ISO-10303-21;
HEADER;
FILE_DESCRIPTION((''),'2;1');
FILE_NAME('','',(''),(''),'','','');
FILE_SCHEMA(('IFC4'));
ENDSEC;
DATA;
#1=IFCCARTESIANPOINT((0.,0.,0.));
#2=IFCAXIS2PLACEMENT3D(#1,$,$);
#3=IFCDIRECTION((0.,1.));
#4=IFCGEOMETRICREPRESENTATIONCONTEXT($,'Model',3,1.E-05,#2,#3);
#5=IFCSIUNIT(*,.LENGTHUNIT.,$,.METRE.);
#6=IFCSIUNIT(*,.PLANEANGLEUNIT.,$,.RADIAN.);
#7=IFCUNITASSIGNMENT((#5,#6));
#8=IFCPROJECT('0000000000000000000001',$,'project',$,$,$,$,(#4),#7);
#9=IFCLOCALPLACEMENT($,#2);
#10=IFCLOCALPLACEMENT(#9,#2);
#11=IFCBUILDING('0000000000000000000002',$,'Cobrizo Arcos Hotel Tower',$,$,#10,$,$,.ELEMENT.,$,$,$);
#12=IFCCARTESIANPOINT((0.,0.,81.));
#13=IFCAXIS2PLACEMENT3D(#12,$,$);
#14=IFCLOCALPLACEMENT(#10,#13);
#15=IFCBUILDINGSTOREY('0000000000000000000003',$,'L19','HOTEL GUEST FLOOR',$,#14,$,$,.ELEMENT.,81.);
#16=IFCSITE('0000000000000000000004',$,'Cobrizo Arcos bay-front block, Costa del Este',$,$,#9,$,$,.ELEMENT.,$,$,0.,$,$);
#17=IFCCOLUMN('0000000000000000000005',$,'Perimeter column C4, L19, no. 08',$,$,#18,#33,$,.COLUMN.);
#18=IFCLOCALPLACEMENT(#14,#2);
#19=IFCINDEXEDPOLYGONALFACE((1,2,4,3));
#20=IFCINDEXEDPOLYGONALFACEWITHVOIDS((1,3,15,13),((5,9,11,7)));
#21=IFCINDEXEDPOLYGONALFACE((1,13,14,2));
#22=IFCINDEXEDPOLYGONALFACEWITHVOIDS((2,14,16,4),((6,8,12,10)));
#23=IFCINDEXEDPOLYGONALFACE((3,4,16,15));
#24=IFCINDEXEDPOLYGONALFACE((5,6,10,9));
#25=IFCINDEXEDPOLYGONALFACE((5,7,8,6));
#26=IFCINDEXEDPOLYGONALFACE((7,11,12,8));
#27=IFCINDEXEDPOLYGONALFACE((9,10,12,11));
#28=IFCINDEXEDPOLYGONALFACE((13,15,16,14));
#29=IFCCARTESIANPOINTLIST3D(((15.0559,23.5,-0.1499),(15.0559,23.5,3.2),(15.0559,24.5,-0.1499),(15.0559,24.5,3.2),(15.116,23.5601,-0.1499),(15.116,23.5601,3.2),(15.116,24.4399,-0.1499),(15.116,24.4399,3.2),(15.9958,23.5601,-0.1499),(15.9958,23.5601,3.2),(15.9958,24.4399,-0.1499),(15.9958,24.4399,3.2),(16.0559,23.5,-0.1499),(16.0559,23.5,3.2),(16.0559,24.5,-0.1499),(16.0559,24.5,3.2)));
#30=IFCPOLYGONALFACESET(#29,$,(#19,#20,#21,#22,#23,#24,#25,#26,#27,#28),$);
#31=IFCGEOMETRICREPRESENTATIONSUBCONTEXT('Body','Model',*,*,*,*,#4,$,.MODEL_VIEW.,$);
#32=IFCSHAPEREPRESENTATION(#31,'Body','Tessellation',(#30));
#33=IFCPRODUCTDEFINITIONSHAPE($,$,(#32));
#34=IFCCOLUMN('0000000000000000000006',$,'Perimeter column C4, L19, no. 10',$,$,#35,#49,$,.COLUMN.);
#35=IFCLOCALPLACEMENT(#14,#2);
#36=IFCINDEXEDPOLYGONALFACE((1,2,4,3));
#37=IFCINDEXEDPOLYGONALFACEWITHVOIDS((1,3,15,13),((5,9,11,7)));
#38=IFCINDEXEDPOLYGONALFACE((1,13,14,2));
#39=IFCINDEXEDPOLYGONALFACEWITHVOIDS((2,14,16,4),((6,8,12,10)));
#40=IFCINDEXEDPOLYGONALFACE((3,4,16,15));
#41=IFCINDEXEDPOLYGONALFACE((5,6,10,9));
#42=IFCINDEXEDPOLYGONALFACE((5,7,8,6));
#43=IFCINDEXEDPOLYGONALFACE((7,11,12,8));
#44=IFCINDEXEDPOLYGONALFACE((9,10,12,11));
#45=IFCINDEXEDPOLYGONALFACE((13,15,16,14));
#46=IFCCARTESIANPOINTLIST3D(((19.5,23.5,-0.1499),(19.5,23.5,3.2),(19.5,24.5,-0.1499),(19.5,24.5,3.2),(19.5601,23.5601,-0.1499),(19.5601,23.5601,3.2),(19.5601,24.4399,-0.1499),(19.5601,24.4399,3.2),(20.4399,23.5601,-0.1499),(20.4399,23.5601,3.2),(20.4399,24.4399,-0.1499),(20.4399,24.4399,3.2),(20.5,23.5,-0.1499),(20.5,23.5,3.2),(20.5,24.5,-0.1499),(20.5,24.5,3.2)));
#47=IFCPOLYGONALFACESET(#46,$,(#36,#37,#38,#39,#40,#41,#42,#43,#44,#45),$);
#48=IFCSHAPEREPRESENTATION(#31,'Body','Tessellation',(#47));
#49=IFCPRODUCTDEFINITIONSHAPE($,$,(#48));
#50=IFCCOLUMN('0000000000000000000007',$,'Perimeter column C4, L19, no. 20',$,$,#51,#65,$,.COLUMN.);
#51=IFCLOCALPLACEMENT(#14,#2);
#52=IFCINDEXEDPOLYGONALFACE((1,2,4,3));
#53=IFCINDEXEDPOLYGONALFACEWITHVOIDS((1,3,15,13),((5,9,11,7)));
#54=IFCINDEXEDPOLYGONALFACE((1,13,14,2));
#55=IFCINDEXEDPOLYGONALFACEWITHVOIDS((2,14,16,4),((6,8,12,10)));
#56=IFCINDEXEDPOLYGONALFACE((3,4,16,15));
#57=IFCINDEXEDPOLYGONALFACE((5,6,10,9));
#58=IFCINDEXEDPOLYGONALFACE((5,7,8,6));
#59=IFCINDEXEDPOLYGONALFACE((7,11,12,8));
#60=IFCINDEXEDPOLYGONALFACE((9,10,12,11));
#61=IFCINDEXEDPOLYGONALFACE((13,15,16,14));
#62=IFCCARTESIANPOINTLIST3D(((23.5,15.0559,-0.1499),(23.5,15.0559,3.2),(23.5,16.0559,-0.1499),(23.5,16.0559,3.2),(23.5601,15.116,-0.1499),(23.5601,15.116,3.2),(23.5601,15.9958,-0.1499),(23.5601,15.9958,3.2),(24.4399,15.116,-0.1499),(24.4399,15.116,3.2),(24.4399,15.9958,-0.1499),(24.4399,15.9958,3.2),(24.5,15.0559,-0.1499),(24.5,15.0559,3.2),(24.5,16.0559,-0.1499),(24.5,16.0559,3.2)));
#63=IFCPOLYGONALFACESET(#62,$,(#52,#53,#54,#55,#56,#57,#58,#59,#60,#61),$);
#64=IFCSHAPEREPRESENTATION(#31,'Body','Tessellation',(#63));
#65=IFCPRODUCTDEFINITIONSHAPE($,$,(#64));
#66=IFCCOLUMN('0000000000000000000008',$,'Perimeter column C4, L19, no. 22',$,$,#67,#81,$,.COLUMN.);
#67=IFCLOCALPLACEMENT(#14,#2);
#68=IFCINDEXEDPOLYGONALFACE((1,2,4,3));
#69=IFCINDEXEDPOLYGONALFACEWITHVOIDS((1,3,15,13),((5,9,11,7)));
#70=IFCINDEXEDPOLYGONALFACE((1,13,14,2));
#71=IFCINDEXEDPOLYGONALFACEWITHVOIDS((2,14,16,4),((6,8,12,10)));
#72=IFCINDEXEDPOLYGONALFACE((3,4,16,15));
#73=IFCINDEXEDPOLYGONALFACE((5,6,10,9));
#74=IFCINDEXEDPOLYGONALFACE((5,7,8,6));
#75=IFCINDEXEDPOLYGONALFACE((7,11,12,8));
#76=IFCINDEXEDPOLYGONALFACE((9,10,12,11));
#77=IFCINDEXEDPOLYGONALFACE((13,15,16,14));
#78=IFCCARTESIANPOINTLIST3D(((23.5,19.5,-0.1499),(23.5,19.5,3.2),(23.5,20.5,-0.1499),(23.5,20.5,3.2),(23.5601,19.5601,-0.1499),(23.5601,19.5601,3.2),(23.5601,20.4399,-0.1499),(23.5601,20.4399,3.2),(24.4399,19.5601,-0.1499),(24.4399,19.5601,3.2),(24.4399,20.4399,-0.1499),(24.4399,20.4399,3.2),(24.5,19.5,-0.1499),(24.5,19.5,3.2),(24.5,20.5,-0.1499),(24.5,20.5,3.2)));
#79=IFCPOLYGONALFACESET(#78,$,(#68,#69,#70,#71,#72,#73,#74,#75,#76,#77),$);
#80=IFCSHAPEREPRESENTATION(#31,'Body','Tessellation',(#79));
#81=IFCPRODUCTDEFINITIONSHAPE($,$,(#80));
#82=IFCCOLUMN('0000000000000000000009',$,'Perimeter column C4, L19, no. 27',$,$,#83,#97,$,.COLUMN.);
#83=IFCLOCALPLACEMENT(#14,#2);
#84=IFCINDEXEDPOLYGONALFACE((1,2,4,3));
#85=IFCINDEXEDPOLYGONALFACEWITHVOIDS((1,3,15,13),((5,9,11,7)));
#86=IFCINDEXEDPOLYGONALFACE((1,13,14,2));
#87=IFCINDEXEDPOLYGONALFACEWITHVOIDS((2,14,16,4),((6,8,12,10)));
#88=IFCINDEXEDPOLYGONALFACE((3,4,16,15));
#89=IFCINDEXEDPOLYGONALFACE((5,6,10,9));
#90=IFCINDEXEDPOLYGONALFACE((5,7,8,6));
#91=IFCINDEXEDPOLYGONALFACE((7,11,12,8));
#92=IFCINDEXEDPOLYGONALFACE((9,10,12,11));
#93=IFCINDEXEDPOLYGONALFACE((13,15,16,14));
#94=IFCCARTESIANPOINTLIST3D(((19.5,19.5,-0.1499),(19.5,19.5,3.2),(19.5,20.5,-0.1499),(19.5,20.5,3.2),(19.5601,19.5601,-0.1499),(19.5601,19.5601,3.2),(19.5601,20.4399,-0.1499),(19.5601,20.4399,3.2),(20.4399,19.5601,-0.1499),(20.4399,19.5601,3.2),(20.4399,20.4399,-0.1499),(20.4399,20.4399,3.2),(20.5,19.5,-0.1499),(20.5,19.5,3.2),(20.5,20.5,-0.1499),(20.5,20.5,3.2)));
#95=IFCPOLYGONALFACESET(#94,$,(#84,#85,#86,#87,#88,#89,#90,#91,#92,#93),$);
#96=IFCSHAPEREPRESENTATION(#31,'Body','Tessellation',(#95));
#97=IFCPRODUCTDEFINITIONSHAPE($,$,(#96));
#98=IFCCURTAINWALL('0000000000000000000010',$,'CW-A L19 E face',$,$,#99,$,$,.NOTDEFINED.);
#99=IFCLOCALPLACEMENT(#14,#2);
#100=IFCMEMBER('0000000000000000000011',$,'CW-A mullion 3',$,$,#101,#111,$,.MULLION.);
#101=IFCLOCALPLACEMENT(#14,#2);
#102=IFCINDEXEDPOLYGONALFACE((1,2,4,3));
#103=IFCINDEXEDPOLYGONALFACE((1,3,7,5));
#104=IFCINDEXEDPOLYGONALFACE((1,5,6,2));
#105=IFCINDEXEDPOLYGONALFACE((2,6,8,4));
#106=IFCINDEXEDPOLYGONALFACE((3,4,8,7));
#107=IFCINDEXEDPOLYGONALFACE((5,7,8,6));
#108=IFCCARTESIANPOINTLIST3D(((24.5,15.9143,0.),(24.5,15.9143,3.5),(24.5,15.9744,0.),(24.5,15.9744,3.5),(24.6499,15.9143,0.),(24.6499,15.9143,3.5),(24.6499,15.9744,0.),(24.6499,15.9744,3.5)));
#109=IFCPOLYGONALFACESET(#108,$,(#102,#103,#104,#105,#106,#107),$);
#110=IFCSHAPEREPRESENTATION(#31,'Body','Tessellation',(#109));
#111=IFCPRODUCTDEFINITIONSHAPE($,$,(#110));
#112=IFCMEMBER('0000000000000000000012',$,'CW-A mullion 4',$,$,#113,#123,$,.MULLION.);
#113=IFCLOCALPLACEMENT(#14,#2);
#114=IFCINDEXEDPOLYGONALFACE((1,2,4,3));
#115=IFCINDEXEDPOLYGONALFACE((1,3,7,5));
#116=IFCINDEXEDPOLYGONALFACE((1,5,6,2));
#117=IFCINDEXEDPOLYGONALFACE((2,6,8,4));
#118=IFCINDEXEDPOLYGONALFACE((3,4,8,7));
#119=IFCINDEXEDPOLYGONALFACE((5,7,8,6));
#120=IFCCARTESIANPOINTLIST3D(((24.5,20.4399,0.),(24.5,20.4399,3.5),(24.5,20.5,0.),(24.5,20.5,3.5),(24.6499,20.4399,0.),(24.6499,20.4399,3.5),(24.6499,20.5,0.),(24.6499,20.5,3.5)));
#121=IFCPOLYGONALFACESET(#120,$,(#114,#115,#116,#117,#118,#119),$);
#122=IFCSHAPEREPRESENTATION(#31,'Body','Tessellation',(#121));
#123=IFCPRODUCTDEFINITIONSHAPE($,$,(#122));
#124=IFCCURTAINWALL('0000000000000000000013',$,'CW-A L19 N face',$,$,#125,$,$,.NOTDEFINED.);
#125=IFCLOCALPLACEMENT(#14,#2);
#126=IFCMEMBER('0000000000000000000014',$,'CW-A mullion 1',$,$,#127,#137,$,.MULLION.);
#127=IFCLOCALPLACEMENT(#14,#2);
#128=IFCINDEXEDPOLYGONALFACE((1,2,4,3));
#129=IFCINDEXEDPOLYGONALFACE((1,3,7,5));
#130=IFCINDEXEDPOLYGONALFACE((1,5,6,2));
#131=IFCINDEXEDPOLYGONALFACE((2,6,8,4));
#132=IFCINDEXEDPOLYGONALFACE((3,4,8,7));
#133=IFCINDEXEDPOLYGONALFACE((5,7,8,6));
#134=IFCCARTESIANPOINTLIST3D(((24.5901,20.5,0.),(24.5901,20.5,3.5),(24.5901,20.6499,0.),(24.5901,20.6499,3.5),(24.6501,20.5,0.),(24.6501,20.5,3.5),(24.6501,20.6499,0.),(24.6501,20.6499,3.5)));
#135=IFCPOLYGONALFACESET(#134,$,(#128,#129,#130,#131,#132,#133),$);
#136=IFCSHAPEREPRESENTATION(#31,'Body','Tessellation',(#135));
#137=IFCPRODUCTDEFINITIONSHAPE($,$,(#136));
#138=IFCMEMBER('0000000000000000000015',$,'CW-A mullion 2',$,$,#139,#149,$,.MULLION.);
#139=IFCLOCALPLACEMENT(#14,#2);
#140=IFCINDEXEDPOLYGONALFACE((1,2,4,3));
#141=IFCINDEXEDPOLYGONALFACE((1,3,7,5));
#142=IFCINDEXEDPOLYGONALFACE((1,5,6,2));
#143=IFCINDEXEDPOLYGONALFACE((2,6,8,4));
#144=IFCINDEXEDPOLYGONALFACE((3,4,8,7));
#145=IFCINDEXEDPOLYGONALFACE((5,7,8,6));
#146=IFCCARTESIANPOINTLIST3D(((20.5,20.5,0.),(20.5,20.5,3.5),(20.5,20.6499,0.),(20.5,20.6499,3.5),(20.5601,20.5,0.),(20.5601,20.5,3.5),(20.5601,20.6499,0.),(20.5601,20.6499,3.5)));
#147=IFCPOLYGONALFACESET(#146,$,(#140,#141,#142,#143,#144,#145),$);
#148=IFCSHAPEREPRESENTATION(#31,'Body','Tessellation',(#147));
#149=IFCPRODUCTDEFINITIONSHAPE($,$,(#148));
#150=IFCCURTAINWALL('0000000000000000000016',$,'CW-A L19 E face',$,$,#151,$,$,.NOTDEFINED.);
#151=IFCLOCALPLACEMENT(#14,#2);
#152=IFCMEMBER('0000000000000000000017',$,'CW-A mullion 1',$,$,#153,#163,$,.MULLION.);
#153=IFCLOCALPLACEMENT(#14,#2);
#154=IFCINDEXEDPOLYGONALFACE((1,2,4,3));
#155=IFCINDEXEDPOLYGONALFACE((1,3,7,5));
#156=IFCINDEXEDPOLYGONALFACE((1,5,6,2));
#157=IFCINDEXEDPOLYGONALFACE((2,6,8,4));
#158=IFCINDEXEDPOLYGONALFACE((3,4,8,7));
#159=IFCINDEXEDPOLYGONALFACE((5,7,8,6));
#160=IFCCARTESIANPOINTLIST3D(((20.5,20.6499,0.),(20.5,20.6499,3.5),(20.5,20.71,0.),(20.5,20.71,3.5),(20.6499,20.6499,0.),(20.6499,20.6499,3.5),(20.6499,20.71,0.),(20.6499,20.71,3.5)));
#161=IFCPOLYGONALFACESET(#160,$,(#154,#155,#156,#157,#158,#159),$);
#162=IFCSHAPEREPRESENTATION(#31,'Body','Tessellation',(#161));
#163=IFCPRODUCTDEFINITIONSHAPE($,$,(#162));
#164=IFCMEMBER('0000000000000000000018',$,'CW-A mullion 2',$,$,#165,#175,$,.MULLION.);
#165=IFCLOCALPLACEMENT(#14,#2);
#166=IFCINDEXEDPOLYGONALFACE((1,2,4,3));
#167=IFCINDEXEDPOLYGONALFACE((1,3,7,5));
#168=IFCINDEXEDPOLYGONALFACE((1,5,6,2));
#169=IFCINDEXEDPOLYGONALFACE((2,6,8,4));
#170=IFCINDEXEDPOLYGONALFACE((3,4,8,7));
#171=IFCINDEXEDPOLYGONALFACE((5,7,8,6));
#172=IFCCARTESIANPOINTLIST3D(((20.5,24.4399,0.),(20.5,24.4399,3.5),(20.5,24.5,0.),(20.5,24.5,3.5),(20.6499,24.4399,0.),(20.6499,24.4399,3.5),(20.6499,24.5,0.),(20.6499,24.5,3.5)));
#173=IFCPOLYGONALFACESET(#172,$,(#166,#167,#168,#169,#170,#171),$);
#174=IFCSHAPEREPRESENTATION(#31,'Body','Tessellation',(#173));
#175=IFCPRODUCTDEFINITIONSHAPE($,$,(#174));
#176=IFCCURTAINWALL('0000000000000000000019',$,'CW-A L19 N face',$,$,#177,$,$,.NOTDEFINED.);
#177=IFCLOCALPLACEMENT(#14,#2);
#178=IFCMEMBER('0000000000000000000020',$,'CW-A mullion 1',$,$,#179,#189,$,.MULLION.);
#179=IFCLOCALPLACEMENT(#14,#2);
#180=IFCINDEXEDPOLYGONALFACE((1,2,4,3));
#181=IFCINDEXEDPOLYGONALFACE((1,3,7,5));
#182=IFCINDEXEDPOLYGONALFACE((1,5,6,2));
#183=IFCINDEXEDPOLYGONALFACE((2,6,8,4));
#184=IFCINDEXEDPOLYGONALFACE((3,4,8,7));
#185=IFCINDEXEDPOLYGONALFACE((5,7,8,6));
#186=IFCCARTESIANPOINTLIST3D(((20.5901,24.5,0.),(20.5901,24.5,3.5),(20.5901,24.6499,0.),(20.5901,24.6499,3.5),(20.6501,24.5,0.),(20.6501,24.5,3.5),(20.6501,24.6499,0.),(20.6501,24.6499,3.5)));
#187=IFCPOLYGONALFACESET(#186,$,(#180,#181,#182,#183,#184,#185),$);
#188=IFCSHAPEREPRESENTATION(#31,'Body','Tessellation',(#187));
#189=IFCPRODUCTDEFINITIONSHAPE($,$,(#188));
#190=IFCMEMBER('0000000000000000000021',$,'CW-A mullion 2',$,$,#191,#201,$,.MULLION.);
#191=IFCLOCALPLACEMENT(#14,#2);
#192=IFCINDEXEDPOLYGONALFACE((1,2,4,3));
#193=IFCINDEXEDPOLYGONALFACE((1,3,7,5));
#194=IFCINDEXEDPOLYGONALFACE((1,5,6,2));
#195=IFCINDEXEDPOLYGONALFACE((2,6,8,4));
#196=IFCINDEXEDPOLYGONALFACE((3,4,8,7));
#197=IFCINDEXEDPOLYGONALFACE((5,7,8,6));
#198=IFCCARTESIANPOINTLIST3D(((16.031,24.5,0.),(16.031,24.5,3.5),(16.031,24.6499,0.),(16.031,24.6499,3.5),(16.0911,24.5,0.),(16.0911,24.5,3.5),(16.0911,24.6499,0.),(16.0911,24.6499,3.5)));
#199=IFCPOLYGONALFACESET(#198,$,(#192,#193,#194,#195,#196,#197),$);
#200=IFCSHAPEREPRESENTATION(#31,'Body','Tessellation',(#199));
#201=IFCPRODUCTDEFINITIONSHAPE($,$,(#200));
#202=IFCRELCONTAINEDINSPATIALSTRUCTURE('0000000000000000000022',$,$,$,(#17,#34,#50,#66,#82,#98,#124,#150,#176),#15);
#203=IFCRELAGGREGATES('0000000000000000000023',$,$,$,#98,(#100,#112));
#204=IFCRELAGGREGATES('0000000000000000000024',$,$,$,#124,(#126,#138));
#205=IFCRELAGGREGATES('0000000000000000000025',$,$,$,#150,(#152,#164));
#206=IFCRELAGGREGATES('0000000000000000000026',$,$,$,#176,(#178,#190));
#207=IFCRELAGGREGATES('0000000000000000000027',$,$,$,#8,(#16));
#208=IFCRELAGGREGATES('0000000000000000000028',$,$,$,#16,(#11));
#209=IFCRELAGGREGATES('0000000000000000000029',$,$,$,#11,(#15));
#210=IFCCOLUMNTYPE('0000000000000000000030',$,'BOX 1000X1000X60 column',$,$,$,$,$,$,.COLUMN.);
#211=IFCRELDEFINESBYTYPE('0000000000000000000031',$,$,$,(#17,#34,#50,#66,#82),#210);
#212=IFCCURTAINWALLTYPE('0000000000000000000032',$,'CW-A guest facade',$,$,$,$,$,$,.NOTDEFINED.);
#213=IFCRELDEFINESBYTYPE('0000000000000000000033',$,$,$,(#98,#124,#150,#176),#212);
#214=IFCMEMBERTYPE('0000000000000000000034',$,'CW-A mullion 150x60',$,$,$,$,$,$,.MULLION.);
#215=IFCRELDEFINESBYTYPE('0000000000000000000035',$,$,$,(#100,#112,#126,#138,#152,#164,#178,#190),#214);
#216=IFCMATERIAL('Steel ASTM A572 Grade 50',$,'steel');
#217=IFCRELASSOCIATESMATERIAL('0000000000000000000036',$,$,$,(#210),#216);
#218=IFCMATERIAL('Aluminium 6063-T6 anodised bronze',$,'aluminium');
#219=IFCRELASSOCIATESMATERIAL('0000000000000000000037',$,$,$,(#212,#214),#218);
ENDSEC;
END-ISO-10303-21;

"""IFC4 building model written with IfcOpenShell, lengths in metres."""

from ifc_helpers import new_model, si_unit, direction, frame, origin, origin_2d, place, context, subcontext, project, spatial, rectangle, hollow_rectangle, extrude, material, material_profile, profile_set, type_object, element, aggregate, save


model = new_model("IFC4")

# Units and contexts
model_context = context("Model", 3, precision=1e-05, world=origin(), true_north=direction((0.0, 1.0)))
body_context = subcontext(model_context, "Body", "Model", "MODEL_VIEW")
ifc_project = project(units=[si_unit("LENGTHUNIT", "METRE"), si_unit("PLANEANGLEUNIT", "RADIAN")], contexts=[model_context])

# Site, building, storey
site_placement = place(None, origin())
site = spatial("IfcSite", under=ifc_project, at=site_placement, Name="Cobrizo Arcos bay-front block, Costa del Este", CompositionType="ELEMENT", RefElevation=0.0)
building_placement = place(site_placement, origin())
building = spatial("IfcBuilding", under=site, at=building_placement, Name="Cobrizo Arcos Hotel Tower", CompositionType="ELEMENT")
storey_placement = place(building_placement, frame((0.0, 0.0, 81.0)))
storey = spatial("IfcBuildingStorey", under=building, at=storey_placement, Name="L19", Description="HOTEL GUEST FLOOR", CompositionType="ELEMENT", Elevation=81.0)

# Columns
ifc_material_1 = material(Name="Steel ASTM A572 Grade 50", Category="steel")
ifc_material_profile_1 = material_profile(ifc_material_1, hollow_rectangle(XDim=1.0, YDim=1.0, WallThickness=0.0601, at=origin_2d()), Name="BOX 1000X1000X60")
ifc_profile_set_1 = profile_set([ifc_material_profile_1], Name="Steel ASTM A572 Grade 50")
column_type = type_object("IfcColumnType", Name="BOX 1000X1000X60 column", PredefinedType="COLUMN", material=ifc_profile_set_1)
for number, where, z_axis, x_axis, name in (
    (1, (15.5559, 24.0, -0.1499), (0.0, 0.0, 1.0), (1.0, 0.0, 0.0), "Perimeter column C4, L19, no. 08"),
    (2, (20.0, 24.0, -0.1499), (0.0, 0.0, 1.0), (1.0, 0.0, 0.0), "Perimeter column C4, L19, no. 10"),
    (3, (24.0, 15.5559, -0.1499), (0.0, 0.0, 1.0), (1.0, 0.0, 0.0), "Perimeter column C4, L19, no. 20"),
    (4, (24.0, 20.0, -0.1499), (0.0, 0.0, 1.0), (1.0, 0.0, 0.0), "Perimeter column C4, L19, no. 22"),
    (5, (20.0, 20.0, -0.1499), (0.0, 0.0, 1.0), (1.0, 0.0, 0.0), "Perimeter column C4, L19, no. 27"),
):
    element("IfcColumn", number, at=place(storey_placement, frame(where, z_axis=z_axis, x_axis=x_axis)), inside=storey, type_object=column_type, Name=name, PredefinedType="COLUMN", context=body_context, shape_type="SweptSolid", body=[
        extrude(hollow_rectangle(XDim=1.0, YDim=1.0, WallThickness=0.0601, at=origin_2d()), origin(), (0.0, 0.0, 1.0), 3.3499),
    ])

# Curtain walls, members
ifc_material_2 = material(Name="Aluminium 6063-T6 anodised bronze", Category="aluminium")
curtain_wall_type = type_object("IfcCurtainWallType", Name="CW-A guest facade", PredefinedType="NOTDEFINED", material=ifc_material_2)
curtain_wall_1_placement = place(storey_placement, origin())
curtain_wall_1 = element("IfcCurtainWall", 6, at=curtain_wall_1_placement, inside=storey, type_object=curtain_wall_type, Name="CW-A L19 E face", PredefinedType="NOTDEFINED")
ifc_material_profile_2 = material_profile(ifc_material_2, rectangle(XDim=0.1499, YDim=0.0601, at=origin_2d()), Name="CW-A mullion 150x60")
ifc_profile_set_2 = profile_set([ifc_material_profile_2], Name="Aluminium 6063-T6 anodised bronze")
member_type = type_object("IfcMemberType", Name="CW-A mullion 150x60", PredefinedType="MULLION", material=ifc_profile_set_2)
member_1_placement = place(storey_placement, frame((24.575, 15.9443, 0.0), z_axis=(0.0, 0.0, 1.0), x_axis=(1.0, 0.0, 0.0)))
member_1 = element("IfcMember", 7, at=member_1_placement, type_object=member_type, Name="CW-A mullion 3", PredefinedType="MULLION", context=body_context, shape_type="SweptSolid", body=[
    extrude(rectangle(XDim=0.1499, YDim=0.0601, at=origin_2d()), origin(), (0.0, 0.0, 1.0), 3.5),
])
member_2_placement = place(storey_placement, frame((24.575, 20.47, 0.0), z_axis=(0.0, 0.0, 1.0), x_axis=(1.0, 0.0, 0.0)))
member_2 = element("IfcMember", 8, at=member_2_placement, type_object=member_type, Name="CW-A mullion 4", PredefinedType="MULLION", context=body_context, shape_type="SweptSolid", body=[
    extrude(rectangle(XDim=0.1499, YDim=0.0601, at=origin_2d()), origin(), (0.0, 0.0, 1.0), 3.5),
])
curtain_wall_2_placement = place(storey_placement, origin())
curtain_wall_2 = element("IfcCurtainWall", 9, at=curtain_wall_2_placement, inside=storey, type_object=curtain_wall_type, Name="CW-A L19 N face", PredefinedType="NOTDEFINED")
member_3_placement = place(storey_placement, frame((24.6201, 20.575, 0.0), z_axis=(0.0, 0.0, 1.0), x_axis=(0.0, 1.0, 0.0)))
member_3 = element("IfcMember", 10, at=member_3_placement, type_object=member_type, Name="CW-A mullion 1", PredefinedType="MULLION", context=body_context, shape_type="SweptSolid", body=[
    extrude(rectangle(XDim=0.1499, YDim=0.0601, at=origin_2d()), origin(), (0.0, 0.0, 1.0), 3.5),
])
member_4_placement = place(storey_placement, frame((20.53, 20.575, 0.0), z_axis=(0.0, 0.0, 1.0), x_axis=(0.0, 1.0, 0.0)))
member_4 = element("IfcMember", 11, at=member_4_placement, type_object=member_type, Name="CW-A mullion 2", PredefinedType="MULLION", context=body_context, shape_type="SweptSolid", body=[
    extrude(rectangle(XDim=0.1499, YDim=0.0601, at=origin_2d()), origin(), (0.0, 0.0, 1.0), 3.5),
])
curtain_wall_3_placement = place(storey_placement, origin())
curtain_wall_3 = element("IfcCurtainWall", 12, at=curtain_wall_3_placement, inside=storey, type_object=curtain_wall_type, Name="CW-A L19 E face", PredefinedType="NOTDEFINED")
member_5_placement = place(storey_placement, frame((20.575, 20.6799, 0.0), z_axis=(0.0, 0.0, 1.0), x_axis=(1.0, 0.0, 0.0)))
member_5 = element("IfcMember", 13, at=member_5_placement, type_object=member_type, Name="CW-A mullion 1", PredefinedType="MULLION", context=body_context, shape_type="SweptSolid", body=[
    extrude(rectangle(XDim=0.1499, YDim=0.0601, at=origin_2d()), origin(), (0.0, 0.0, 1.0), 3.5),
])
member_6_placement = place(storey_placement, frame((20.575, 24.47, 0.0), z_axis=(0.0, 0.0, 1.0), x_axis=(1.0, 0.0, 0.0)))
member_6 = element("IfcMember", 14, at=member_6_placement, type_object=member_type, Name="CW-A mullion 2", PredefinedType="MULLION", context=body_context, shape_type="SweptSolid", body=[
    extrude(rectangle(XDim=0.1499, YDim=0.0601, at=origin_2d()), origin(), (0.0, 0.0, 1.0), 3.5),
])
curtain_wall_4_placement = place(storey_placement, origin())
curtain_wall_4 = element("IfcCurtainWall", 15, at=curtain_wall_4_placement, inside=storey, type_object=curtain_wall_type, Name="CW-A L19 N face", PredefinedType="NOTDEFINED")
member_7_placement = place(storey_placement, frame((20.6201, 24.575, 0.0), z_axis=(0.0, 0.0, 1.0), x_axis=(0.0, 1.0, 0.0)))
member_7 = element("IfcMember", 16, at=member_7_placement, type_object=member_type, Name="CW-A mullion 1", PredefinedType="MULLION", context=body_context, shape_type="SweptSolid", body=[
    extrude(rectangle(XDim=0.1499, YDim=0.0601, at=origin_2d()), origin(), (0.0, 0.0, 1.0), 3.5),
])
member_8_placement = place(storey_placement, frame((16.061, 24.575, 0.0), z_axis=(0.0, 0.0, 1.0), x_axis=(0.0, 1.0, 0.0)))
member_8 = element("IfcMember", 17, at=member_8_placement, type_object=member_type, Name="CW-A mullion 2", PredefinedType="MULLION", context=body_context, shape_type="SweptSolid", body=[
    extrude(rectangle(XDim=0.1499, YDim=0.0601, at=origin_2d()), origin(), (0.0, 0.0, 1.0), 3.5),
])

aggregate(curtain_wall_1, [member_1, member_2])
aggregate(curtain_wall_2, [member_3, member_4])
aggregate(curtain_wall_3, [member_5, member_6])
aggregate(curtain_wall_4, [member_7, member_8])

save(model, "model.ifc")
